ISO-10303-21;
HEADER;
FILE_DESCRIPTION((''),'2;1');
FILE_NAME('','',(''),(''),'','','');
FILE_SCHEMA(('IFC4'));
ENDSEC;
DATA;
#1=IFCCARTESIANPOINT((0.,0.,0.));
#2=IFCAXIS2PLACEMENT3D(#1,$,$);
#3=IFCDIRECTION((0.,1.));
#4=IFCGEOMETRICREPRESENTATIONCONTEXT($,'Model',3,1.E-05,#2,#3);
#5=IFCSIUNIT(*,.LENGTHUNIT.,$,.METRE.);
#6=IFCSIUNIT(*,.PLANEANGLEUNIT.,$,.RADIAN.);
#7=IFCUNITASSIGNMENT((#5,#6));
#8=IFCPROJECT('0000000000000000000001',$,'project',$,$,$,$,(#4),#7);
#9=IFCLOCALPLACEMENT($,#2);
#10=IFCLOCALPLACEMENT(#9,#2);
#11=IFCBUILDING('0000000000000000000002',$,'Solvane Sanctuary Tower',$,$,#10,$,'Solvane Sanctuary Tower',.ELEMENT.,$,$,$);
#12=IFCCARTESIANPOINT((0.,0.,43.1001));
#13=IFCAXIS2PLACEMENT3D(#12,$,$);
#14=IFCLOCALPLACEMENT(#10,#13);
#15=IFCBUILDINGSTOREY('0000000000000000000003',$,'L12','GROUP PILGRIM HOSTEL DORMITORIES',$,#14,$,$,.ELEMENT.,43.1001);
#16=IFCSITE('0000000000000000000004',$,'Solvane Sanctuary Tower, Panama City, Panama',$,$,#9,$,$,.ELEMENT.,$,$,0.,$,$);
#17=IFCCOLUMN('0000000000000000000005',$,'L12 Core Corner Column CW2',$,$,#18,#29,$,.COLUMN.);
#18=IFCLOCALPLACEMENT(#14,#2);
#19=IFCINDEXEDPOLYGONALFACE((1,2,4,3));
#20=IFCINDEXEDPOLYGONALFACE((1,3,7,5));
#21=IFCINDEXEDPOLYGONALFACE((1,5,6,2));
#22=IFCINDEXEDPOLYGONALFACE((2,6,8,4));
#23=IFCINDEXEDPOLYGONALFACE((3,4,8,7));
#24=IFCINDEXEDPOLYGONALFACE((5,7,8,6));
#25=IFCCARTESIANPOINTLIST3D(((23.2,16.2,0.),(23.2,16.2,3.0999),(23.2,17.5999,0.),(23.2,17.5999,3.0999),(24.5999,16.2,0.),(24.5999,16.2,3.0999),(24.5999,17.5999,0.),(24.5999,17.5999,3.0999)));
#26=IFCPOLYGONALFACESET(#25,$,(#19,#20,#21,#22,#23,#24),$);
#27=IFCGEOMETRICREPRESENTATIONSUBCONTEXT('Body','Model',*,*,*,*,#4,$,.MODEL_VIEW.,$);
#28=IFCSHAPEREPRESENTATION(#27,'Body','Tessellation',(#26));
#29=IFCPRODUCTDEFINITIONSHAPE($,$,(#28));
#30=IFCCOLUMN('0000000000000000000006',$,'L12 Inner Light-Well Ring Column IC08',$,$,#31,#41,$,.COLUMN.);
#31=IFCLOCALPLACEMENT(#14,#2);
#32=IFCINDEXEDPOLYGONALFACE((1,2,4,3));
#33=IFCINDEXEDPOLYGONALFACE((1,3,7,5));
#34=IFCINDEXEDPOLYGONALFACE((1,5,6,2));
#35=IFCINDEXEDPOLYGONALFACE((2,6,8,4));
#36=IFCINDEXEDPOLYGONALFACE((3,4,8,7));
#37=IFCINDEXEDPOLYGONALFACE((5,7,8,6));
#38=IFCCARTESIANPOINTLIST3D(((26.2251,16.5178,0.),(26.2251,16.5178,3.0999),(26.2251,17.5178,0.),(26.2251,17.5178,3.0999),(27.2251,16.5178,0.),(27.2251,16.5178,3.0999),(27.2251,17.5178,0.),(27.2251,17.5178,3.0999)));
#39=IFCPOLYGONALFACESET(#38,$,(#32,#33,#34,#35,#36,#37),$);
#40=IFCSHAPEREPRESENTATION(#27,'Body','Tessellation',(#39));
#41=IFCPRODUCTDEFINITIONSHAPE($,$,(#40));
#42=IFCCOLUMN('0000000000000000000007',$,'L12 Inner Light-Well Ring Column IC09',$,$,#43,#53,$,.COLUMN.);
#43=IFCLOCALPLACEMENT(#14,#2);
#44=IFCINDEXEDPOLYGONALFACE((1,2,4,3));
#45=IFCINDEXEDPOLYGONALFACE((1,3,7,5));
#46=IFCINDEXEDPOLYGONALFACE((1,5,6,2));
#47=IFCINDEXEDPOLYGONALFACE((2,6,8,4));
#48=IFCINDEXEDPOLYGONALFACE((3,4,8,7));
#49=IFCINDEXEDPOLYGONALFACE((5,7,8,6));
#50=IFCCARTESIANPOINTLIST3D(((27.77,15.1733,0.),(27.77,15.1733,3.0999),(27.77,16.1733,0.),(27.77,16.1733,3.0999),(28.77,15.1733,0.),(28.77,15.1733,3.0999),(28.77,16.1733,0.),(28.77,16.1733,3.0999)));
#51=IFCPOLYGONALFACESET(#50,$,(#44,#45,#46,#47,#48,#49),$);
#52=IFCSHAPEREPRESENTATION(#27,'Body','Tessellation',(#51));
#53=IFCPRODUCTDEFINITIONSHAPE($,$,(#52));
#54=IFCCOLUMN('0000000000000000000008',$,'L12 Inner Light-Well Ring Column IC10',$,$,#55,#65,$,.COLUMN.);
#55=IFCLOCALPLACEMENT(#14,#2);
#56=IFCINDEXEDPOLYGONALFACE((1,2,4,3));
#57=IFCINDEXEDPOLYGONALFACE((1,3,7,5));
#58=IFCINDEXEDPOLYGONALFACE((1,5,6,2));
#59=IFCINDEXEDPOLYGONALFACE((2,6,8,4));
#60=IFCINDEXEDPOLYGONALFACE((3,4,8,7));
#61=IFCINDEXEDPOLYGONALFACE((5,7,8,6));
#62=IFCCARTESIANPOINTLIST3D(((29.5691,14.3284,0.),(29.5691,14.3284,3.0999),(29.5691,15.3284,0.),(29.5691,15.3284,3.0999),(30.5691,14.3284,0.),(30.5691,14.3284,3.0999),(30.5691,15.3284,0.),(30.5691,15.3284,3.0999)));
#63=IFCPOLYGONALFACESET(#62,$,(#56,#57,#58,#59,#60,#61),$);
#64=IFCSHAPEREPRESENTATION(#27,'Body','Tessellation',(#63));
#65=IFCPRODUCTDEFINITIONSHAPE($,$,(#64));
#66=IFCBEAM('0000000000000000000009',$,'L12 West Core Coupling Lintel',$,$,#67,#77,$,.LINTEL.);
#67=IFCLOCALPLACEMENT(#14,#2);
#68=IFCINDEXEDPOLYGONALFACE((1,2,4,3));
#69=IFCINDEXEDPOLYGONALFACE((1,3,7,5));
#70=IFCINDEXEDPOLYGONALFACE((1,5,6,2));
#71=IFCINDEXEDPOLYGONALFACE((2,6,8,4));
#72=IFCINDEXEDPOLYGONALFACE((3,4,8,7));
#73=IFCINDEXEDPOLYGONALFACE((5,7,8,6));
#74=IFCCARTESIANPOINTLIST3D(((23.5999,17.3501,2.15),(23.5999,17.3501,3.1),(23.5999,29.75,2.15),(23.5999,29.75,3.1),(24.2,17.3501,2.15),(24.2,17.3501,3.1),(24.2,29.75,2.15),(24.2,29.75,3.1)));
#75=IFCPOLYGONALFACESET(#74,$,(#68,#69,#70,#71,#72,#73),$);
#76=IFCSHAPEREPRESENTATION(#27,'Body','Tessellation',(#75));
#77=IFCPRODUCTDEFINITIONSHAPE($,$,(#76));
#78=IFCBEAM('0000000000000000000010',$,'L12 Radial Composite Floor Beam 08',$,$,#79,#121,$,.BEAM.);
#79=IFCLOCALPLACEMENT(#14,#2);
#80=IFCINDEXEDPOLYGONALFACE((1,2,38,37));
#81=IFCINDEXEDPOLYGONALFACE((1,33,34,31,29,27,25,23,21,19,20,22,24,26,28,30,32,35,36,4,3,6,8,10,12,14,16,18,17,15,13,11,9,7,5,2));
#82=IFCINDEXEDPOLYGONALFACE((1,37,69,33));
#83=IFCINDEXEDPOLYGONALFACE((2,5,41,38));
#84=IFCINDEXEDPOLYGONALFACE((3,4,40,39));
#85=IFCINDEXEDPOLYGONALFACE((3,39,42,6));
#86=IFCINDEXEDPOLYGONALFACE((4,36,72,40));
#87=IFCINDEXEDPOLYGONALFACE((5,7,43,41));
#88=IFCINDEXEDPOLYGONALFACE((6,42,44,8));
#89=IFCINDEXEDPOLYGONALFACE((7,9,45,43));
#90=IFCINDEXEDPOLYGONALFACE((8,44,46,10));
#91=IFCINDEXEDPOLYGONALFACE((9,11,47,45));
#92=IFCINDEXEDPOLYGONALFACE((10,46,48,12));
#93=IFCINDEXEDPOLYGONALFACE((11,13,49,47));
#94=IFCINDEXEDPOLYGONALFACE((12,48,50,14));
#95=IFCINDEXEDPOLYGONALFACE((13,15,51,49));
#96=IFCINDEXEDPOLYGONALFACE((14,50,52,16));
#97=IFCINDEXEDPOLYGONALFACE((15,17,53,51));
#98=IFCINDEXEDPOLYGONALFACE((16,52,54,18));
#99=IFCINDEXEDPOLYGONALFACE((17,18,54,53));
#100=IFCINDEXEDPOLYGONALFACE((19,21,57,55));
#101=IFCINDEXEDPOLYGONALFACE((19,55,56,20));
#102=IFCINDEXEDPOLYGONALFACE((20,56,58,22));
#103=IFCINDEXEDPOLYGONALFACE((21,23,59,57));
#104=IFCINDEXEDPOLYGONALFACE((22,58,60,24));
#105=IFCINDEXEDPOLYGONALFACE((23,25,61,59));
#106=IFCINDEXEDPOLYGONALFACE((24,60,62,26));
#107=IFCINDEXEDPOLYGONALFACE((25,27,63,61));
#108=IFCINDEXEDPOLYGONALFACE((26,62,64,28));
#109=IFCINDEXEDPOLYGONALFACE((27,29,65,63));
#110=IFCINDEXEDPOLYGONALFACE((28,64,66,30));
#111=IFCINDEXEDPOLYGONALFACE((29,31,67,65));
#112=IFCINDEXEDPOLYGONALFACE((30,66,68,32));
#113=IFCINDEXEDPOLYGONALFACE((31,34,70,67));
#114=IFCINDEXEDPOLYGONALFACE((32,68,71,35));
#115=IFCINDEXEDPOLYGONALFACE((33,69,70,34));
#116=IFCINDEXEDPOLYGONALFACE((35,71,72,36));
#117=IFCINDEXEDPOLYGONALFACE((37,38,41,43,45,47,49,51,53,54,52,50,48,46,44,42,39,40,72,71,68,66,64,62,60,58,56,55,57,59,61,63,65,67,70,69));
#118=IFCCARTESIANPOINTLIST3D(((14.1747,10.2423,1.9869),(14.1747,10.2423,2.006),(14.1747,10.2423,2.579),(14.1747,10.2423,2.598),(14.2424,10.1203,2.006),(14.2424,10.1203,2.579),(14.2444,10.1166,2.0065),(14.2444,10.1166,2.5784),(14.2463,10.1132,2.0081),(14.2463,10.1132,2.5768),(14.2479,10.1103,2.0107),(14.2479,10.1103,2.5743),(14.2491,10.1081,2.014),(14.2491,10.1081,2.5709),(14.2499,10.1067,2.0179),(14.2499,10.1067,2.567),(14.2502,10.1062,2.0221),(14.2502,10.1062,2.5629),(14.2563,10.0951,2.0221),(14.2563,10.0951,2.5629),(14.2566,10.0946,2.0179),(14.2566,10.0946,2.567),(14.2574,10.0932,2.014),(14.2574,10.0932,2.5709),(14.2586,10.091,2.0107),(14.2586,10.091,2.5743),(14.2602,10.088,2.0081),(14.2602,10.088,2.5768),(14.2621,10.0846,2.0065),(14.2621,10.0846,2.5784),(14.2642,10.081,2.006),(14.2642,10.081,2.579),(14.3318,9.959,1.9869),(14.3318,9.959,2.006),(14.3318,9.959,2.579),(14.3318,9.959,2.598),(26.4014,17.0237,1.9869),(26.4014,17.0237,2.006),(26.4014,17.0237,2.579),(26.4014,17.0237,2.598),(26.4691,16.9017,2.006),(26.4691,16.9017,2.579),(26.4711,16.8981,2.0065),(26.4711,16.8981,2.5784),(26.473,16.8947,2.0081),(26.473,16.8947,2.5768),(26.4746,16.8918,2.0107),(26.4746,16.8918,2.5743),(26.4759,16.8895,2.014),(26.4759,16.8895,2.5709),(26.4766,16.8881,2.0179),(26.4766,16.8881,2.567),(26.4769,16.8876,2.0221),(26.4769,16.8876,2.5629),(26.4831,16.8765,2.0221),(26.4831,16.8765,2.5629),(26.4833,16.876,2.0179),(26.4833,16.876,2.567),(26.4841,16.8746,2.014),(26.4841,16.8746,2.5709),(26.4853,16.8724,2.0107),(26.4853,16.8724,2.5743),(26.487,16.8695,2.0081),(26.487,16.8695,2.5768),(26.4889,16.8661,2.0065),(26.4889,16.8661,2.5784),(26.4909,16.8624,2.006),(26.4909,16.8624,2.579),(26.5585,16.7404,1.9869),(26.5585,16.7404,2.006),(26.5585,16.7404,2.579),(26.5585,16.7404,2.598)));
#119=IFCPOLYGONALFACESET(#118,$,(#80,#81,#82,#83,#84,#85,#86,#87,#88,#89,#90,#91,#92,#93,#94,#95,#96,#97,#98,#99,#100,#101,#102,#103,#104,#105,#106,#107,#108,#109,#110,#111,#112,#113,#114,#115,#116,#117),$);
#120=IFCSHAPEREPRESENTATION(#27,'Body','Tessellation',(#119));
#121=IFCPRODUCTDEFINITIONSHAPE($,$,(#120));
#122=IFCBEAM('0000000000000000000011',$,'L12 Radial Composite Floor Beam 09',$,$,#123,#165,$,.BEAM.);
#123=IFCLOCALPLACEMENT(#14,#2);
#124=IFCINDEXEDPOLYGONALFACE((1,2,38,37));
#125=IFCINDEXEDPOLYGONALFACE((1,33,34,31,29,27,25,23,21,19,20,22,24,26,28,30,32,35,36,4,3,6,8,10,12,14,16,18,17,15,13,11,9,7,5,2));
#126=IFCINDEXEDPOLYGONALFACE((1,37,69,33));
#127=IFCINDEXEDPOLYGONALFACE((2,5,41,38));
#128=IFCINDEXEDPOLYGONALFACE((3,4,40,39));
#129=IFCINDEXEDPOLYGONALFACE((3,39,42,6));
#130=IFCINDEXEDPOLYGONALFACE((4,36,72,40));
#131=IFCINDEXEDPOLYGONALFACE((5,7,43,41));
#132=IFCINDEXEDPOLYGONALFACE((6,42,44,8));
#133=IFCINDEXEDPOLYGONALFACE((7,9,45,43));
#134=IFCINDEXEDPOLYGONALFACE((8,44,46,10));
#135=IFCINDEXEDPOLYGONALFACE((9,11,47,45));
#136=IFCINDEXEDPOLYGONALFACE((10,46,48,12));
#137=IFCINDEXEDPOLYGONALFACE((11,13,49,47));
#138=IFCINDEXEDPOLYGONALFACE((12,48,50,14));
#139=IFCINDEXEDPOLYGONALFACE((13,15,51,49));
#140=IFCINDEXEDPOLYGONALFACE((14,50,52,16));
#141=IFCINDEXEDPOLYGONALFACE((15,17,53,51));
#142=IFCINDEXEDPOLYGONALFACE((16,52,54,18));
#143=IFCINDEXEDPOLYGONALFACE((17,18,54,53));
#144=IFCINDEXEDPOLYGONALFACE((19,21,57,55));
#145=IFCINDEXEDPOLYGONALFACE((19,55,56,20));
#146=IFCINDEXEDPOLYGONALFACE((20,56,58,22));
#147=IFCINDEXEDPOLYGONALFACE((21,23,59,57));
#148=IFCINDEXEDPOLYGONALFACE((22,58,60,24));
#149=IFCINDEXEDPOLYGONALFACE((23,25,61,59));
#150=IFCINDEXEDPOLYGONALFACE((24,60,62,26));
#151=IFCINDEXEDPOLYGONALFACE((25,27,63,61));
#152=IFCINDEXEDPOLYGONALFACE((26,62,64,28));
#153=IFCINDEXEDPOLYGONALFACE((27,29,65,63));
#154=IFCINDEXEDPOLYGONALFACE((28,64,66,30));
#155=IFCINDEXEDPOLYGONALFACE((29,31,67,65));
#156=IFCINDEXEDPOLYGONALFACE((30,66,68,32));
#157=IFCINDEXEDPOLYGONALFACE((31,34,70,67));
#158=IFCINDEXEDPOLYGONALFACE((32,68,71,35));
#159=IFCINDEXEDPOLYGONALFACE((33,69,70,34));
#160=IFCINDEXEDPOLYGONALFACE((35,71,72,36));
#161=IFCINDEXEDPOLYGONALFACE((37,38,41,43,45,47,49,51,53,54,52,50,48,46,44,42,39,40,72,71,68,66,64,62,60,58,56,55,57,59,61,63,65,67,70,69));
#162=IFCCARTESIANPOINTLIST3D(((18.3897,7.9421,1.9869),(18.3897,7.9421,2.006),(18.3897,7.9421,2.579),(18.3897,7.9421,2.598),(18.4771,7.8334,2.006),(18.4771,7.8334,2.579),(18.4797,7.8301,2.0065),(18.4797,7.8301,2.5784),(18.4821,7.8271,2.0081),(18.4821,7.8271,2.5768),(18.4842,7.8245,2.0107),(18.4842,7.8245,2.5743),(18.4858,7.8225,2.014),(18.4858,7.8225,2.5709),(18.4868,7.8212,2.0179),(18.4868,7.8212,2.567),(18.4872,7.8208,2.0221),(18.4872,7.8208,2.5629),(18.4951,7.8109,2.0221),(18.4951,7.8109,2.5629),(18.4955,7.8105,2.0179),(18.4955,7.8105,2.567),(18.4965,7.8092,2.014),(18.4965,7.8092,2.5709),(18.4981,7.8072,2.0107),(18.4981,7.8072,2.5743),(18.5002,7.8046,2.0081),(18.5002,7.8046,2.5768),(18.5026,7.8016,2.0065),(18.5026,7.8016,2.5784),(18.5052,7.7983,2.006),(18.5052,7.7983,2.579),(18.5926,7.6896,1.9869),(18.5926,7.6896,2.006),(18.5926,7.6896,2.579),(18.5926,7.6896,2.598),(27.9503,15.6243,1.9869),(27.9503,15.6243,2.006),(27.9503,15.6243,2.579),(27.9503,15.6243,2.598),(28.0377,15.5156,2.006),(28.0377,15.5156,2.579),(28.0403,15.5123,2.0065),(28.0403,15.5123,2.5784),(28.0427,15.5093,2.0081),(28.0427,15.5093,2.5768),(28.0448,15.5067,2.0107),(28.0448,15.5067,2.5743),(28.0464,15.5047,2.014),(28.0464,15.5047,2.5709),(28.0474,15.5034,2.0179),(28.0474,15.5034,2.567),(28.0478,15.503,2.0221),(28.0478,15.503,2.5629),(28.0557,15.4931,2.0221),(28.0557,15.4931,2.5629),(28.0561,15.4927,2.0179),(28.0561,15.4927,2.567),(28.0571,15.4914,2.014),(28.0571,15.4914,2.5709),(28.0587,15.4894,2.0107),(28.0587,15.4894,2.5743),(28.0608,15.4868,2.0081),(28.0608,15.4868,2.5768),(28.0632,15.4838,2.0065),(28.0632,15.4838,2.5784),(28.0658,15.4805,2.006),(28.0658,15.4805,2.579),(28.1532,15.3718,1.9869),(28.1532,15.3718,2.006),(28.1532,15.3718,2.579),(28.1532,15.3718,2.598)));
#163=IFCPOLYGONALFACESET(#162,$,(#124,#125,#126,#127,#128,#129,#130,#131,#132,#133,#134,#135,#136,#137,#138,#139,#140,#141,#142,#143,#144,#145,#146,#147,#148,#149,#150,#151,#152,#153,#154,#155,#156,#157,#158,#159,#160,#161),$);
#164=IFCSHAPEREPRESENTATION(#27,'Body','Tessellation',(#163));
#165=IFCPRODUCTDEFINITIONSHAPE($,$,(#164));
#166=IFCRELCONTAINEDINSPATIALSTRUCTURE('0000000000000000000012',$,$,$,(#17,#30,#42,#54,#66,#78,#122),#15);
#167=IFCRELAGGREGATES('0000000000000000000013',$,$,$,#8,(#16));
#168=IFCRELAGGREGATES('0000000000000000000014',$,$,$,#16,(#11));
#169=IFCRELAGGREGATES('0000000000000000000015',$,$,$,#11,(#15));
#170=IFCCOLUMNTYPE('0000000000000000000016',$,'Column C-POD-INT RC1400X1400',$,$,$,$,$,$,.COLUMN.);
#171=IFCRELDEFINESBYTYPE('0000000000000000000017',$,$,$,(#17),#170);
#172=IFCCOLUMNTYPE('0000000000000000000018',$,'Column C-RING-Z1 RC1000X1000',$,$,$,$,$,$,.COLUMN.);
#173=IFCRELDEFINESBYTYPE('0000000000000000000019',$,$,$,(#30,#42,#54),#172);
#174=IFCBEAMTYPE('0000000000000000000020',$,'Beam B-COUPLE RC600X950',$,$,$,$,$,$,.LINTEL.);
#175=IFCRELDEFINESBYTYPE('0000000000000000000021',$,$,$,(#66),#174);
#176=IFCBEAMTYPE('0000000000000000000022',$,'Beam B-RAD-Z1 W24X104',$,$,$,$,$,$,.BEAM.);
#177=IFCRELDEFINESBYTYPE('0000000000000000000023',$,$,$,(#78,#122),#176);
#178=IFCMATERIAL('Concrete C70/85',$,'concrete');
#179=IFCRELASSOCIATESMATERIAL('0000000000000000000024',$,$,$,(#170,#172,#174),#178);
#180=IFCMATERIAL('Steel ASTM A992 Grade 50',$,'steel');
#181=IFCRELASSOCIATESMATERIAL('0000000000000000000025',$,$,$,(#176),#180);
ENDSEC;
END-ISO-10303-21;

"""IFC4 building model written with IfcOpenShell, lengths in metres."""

from ifc_helpers import new_model, si_unit, direction, frame, origin, origin_2d, place, context, subcontext, project, spatial, rectangle, i_section, extrude, material, material_profile, profile_set, type_object, element, save


model = new_model("IFC4")

# Units and contexts
model_context = context("Model", 3, precision=1e-05, world=origin(), true_north=direction((0.0, 1.0)))
body_context = subcontext(model_context, "Body", "Model", "MODEL_VIEW")
ifc_project = project(units=[si_unit("LENGTHUNIT", "METRE"), si_unit("PLANEANGLEUNIT", "RADIAN")], contexts=[model_context])

# Site, building, storey
site_placement = place(None, origin())
site = spatial("IfcSite", under=ifc_project, at=site_placement, Name="Solvane Sanctuary Tower, Panama City, Panama", CompositionType="ELEMENT", RefElevation=0.0)
building_placement = place(site_placement, origin())
building = spatial("IfcBuilding", under=site, at=building_placement, Name="Solvane Sanctuary Tower", LongName="Solvane Sanctuary Tower", CompositionType="ELEMENT")
storey_placement = place(building_placement, frame((0.0, 0.0, 43.1001)))
storey = spatial("IfcBuildingStorey", under=building, at=storey_placement, Name="L12", Description="GROUP PILGRIM HOSTEL DORMITORIES", CompositionType="ELEMENT", Elevation=43.1001)

# Columns
ifc_material_1 = material(Name="Concrete C70/85", Category="concrete")
ifc_material_profile_1 = material_profile(ifc_material_1, rectangle(XDim=1.3999, YDim=1.3999, at=origin_2d()), Name="RC1400X1400")
ifc_profile_set_1 = profile_set([ifc_material_profile_1], Name="Concrete C70/85")
column_type_1 = type_object("IfcColumnType", Name="Column C-POD-INT RC1400X1400", PredefinedType="COLUMN", material=ifc_profile_set_1)
column_placement = place(storey_placement, frame((23.8999, 16.8999, 0.0), z_axis=(0.0, 0.0, 1.0), x_axis=(1.0, 0.0, 0.0)))
element("IfcColumn", 1, at=column_placement, inside=storey, type_object=column_type_1, Name="L12 Core Corner Column CW2", PredefinedType="COLUMN", context=body_context, shape_type="SweptSolid", body=[
    extrude(rectangle(XDim=1.3999, YDim=1.3999, at=origin_2d()), origin(), (0.0, 0.0, 1.0), 3.0999),
])
ifc_material_profile_2 = material_profile(ifc_material_1, rectangle(XDim=1.0, YDim=1.0, at=origin_2d()), Name="RC1000X1000")
ifc_profile_set_2 = profile_set([ifc_material_profile_2], Name="Concrete C70/85")
column_type_2 = type_object("IfcColumnType", Name="Column C-RING-Z1 RC1000X1000", PredefinedType="COLUMN", material=ifc_profile_set_2)
for number, where, z_axis, x_axis, name in (
    (2, (26.7251, 17.0178, 0.0), (0.0, 0.0, 1.0), (1.0, 0.0, 0.0), "L12 Inner Light-Well Ring Column IC08"),
    (3, (28.27, 15.6733, 0.0), (0.0, 0.0, 1.0), (1.0, 0.0, 0.0), "L12 Inner Light-Well Ring Column IC09"),
    (4, (30.0691, 14.8284, 0.0), (0.0, 0.0, 1.0), (1.0, 0.0, 0.0), "L12 Inner Light-Well Ring Column IC10"),
):
    element("IfcColumn", number, at=place(storey_placement, frame(where, z_axis=z_axis, x_axis=x_axis)), inside=storey, type_object=column_type_2, Name=name, PredefinedType="COLUMN", context=body_context, shape_type="SweptSolid", body=[
        extrude(rectangle(XDim=1.0, YDim=1.0, at=origin_2d()), origin(), (0.0, 0.0, 1.0), 3.0999),
    ])

# Beams
ifc_material_profile_3 = material_profile(ifc_material_1, rectangle(XDim=0.6001, YDim=0.95, at=origin_2d()), Name="RC600X950")
ifc_profile_set_3 = profile_set([ifc_material_profile_3], Name="Concrete C70/85")
beam_type_1 = type_object("IfcBeamType", Name="Beam B-COUPLE RC600X950", PredefinedType="LINTEL", material=ifc_profile_set_3)
beam_1_placement = place(storey_placement, frame((23.8999, 17.3501, 2.625), z_axis=(0.0, 1.0, 0.0), x_axis=(-1.0, 0.0, 0.0)))
element("IfcBeam", 5, at=beam_1_placement, inside=storey, type_object=beam_type_1, Name="L12 West Core Coupling Lintel", PredefinedType="LINTEL", context=body_context, shape_type="SweptSolid", body=[
    extrude(rectangle(XDim=0.6001, YDim=0.95, at=origin_2d()), origin(), (0.0, 0.0, 1.0), 12.3999),
])
ifc_material_2 = material(Name="Steel ASTM A992 Grade 50", Category="steel")
ifc_material_profile_4 = material_profile(ifc_material_2, i_section(OverallWidth=0.324, OverallDepth=0.6111, WebThickness=0.0127, FlangeThickness=0.019, FilletRadius=0.0161, at=origin_2d()), Name="W24X104")
ifc_profile_set_4 = profile_set([ifc_material_profile_4], Name="Steel ASTM A992 Grade 50")
beam_type_2 = type_object("IfcBeamType", Name="Beam B-RAD-Z1 W24X104", PredefinedType="BEAM", material=ifc_profile_set_4)
beam_2_placement = place(storey_placement, frame((26.48, 16.8821, 2.2925), z_axis=(-0.874496, -0.485032, 0.0), x_axis=(0.485032, -0.874496, 0.0)))
element("IfcBeam", 6, at=beam_2_placement, inside=storey, type_object=beam_type_2, Name="L12 Radial Composite Floor Beam 08", PredefinedType="BEAM", context=body_context, shape_type="SweptSolid", body=[
    extrude(i_section(OverallWidth=0.324, OverallDepth=0.6111, WebThickness=0.0127, FlangeThickness=0.019, FilletRadius=0.0161, at=origin_2d()), origin(), (0.0, 0.0, 1.0), 13.9814),
])
beam_3_placement = place(storey_placement, frame((28.0518, 15.498, 2.2925), z_axis=(-0.779527, -0.626369, 0.0), x_axis=(0.626369, -0.779527, 0.0)))
element("IfcBeam", 7, at=beam_3_placement, inside=storey, type_object=beam_type_2, Name="L12 Radial Composite Floor Beam 09", PredefinedType="BEAM", context=body_context, shape_type="SweptSolid", body=[
    extrude(i_section(OverallWidth=0.324, OverallDepth=0.6111, WebThickness=0.0127, FlangeThickness=0.019, FilletRadius=0.0161, at=origin_2d()), origin(), (0.0, 0.0, 1.0), 12.2646),
])

save(model, "model.ifc")
